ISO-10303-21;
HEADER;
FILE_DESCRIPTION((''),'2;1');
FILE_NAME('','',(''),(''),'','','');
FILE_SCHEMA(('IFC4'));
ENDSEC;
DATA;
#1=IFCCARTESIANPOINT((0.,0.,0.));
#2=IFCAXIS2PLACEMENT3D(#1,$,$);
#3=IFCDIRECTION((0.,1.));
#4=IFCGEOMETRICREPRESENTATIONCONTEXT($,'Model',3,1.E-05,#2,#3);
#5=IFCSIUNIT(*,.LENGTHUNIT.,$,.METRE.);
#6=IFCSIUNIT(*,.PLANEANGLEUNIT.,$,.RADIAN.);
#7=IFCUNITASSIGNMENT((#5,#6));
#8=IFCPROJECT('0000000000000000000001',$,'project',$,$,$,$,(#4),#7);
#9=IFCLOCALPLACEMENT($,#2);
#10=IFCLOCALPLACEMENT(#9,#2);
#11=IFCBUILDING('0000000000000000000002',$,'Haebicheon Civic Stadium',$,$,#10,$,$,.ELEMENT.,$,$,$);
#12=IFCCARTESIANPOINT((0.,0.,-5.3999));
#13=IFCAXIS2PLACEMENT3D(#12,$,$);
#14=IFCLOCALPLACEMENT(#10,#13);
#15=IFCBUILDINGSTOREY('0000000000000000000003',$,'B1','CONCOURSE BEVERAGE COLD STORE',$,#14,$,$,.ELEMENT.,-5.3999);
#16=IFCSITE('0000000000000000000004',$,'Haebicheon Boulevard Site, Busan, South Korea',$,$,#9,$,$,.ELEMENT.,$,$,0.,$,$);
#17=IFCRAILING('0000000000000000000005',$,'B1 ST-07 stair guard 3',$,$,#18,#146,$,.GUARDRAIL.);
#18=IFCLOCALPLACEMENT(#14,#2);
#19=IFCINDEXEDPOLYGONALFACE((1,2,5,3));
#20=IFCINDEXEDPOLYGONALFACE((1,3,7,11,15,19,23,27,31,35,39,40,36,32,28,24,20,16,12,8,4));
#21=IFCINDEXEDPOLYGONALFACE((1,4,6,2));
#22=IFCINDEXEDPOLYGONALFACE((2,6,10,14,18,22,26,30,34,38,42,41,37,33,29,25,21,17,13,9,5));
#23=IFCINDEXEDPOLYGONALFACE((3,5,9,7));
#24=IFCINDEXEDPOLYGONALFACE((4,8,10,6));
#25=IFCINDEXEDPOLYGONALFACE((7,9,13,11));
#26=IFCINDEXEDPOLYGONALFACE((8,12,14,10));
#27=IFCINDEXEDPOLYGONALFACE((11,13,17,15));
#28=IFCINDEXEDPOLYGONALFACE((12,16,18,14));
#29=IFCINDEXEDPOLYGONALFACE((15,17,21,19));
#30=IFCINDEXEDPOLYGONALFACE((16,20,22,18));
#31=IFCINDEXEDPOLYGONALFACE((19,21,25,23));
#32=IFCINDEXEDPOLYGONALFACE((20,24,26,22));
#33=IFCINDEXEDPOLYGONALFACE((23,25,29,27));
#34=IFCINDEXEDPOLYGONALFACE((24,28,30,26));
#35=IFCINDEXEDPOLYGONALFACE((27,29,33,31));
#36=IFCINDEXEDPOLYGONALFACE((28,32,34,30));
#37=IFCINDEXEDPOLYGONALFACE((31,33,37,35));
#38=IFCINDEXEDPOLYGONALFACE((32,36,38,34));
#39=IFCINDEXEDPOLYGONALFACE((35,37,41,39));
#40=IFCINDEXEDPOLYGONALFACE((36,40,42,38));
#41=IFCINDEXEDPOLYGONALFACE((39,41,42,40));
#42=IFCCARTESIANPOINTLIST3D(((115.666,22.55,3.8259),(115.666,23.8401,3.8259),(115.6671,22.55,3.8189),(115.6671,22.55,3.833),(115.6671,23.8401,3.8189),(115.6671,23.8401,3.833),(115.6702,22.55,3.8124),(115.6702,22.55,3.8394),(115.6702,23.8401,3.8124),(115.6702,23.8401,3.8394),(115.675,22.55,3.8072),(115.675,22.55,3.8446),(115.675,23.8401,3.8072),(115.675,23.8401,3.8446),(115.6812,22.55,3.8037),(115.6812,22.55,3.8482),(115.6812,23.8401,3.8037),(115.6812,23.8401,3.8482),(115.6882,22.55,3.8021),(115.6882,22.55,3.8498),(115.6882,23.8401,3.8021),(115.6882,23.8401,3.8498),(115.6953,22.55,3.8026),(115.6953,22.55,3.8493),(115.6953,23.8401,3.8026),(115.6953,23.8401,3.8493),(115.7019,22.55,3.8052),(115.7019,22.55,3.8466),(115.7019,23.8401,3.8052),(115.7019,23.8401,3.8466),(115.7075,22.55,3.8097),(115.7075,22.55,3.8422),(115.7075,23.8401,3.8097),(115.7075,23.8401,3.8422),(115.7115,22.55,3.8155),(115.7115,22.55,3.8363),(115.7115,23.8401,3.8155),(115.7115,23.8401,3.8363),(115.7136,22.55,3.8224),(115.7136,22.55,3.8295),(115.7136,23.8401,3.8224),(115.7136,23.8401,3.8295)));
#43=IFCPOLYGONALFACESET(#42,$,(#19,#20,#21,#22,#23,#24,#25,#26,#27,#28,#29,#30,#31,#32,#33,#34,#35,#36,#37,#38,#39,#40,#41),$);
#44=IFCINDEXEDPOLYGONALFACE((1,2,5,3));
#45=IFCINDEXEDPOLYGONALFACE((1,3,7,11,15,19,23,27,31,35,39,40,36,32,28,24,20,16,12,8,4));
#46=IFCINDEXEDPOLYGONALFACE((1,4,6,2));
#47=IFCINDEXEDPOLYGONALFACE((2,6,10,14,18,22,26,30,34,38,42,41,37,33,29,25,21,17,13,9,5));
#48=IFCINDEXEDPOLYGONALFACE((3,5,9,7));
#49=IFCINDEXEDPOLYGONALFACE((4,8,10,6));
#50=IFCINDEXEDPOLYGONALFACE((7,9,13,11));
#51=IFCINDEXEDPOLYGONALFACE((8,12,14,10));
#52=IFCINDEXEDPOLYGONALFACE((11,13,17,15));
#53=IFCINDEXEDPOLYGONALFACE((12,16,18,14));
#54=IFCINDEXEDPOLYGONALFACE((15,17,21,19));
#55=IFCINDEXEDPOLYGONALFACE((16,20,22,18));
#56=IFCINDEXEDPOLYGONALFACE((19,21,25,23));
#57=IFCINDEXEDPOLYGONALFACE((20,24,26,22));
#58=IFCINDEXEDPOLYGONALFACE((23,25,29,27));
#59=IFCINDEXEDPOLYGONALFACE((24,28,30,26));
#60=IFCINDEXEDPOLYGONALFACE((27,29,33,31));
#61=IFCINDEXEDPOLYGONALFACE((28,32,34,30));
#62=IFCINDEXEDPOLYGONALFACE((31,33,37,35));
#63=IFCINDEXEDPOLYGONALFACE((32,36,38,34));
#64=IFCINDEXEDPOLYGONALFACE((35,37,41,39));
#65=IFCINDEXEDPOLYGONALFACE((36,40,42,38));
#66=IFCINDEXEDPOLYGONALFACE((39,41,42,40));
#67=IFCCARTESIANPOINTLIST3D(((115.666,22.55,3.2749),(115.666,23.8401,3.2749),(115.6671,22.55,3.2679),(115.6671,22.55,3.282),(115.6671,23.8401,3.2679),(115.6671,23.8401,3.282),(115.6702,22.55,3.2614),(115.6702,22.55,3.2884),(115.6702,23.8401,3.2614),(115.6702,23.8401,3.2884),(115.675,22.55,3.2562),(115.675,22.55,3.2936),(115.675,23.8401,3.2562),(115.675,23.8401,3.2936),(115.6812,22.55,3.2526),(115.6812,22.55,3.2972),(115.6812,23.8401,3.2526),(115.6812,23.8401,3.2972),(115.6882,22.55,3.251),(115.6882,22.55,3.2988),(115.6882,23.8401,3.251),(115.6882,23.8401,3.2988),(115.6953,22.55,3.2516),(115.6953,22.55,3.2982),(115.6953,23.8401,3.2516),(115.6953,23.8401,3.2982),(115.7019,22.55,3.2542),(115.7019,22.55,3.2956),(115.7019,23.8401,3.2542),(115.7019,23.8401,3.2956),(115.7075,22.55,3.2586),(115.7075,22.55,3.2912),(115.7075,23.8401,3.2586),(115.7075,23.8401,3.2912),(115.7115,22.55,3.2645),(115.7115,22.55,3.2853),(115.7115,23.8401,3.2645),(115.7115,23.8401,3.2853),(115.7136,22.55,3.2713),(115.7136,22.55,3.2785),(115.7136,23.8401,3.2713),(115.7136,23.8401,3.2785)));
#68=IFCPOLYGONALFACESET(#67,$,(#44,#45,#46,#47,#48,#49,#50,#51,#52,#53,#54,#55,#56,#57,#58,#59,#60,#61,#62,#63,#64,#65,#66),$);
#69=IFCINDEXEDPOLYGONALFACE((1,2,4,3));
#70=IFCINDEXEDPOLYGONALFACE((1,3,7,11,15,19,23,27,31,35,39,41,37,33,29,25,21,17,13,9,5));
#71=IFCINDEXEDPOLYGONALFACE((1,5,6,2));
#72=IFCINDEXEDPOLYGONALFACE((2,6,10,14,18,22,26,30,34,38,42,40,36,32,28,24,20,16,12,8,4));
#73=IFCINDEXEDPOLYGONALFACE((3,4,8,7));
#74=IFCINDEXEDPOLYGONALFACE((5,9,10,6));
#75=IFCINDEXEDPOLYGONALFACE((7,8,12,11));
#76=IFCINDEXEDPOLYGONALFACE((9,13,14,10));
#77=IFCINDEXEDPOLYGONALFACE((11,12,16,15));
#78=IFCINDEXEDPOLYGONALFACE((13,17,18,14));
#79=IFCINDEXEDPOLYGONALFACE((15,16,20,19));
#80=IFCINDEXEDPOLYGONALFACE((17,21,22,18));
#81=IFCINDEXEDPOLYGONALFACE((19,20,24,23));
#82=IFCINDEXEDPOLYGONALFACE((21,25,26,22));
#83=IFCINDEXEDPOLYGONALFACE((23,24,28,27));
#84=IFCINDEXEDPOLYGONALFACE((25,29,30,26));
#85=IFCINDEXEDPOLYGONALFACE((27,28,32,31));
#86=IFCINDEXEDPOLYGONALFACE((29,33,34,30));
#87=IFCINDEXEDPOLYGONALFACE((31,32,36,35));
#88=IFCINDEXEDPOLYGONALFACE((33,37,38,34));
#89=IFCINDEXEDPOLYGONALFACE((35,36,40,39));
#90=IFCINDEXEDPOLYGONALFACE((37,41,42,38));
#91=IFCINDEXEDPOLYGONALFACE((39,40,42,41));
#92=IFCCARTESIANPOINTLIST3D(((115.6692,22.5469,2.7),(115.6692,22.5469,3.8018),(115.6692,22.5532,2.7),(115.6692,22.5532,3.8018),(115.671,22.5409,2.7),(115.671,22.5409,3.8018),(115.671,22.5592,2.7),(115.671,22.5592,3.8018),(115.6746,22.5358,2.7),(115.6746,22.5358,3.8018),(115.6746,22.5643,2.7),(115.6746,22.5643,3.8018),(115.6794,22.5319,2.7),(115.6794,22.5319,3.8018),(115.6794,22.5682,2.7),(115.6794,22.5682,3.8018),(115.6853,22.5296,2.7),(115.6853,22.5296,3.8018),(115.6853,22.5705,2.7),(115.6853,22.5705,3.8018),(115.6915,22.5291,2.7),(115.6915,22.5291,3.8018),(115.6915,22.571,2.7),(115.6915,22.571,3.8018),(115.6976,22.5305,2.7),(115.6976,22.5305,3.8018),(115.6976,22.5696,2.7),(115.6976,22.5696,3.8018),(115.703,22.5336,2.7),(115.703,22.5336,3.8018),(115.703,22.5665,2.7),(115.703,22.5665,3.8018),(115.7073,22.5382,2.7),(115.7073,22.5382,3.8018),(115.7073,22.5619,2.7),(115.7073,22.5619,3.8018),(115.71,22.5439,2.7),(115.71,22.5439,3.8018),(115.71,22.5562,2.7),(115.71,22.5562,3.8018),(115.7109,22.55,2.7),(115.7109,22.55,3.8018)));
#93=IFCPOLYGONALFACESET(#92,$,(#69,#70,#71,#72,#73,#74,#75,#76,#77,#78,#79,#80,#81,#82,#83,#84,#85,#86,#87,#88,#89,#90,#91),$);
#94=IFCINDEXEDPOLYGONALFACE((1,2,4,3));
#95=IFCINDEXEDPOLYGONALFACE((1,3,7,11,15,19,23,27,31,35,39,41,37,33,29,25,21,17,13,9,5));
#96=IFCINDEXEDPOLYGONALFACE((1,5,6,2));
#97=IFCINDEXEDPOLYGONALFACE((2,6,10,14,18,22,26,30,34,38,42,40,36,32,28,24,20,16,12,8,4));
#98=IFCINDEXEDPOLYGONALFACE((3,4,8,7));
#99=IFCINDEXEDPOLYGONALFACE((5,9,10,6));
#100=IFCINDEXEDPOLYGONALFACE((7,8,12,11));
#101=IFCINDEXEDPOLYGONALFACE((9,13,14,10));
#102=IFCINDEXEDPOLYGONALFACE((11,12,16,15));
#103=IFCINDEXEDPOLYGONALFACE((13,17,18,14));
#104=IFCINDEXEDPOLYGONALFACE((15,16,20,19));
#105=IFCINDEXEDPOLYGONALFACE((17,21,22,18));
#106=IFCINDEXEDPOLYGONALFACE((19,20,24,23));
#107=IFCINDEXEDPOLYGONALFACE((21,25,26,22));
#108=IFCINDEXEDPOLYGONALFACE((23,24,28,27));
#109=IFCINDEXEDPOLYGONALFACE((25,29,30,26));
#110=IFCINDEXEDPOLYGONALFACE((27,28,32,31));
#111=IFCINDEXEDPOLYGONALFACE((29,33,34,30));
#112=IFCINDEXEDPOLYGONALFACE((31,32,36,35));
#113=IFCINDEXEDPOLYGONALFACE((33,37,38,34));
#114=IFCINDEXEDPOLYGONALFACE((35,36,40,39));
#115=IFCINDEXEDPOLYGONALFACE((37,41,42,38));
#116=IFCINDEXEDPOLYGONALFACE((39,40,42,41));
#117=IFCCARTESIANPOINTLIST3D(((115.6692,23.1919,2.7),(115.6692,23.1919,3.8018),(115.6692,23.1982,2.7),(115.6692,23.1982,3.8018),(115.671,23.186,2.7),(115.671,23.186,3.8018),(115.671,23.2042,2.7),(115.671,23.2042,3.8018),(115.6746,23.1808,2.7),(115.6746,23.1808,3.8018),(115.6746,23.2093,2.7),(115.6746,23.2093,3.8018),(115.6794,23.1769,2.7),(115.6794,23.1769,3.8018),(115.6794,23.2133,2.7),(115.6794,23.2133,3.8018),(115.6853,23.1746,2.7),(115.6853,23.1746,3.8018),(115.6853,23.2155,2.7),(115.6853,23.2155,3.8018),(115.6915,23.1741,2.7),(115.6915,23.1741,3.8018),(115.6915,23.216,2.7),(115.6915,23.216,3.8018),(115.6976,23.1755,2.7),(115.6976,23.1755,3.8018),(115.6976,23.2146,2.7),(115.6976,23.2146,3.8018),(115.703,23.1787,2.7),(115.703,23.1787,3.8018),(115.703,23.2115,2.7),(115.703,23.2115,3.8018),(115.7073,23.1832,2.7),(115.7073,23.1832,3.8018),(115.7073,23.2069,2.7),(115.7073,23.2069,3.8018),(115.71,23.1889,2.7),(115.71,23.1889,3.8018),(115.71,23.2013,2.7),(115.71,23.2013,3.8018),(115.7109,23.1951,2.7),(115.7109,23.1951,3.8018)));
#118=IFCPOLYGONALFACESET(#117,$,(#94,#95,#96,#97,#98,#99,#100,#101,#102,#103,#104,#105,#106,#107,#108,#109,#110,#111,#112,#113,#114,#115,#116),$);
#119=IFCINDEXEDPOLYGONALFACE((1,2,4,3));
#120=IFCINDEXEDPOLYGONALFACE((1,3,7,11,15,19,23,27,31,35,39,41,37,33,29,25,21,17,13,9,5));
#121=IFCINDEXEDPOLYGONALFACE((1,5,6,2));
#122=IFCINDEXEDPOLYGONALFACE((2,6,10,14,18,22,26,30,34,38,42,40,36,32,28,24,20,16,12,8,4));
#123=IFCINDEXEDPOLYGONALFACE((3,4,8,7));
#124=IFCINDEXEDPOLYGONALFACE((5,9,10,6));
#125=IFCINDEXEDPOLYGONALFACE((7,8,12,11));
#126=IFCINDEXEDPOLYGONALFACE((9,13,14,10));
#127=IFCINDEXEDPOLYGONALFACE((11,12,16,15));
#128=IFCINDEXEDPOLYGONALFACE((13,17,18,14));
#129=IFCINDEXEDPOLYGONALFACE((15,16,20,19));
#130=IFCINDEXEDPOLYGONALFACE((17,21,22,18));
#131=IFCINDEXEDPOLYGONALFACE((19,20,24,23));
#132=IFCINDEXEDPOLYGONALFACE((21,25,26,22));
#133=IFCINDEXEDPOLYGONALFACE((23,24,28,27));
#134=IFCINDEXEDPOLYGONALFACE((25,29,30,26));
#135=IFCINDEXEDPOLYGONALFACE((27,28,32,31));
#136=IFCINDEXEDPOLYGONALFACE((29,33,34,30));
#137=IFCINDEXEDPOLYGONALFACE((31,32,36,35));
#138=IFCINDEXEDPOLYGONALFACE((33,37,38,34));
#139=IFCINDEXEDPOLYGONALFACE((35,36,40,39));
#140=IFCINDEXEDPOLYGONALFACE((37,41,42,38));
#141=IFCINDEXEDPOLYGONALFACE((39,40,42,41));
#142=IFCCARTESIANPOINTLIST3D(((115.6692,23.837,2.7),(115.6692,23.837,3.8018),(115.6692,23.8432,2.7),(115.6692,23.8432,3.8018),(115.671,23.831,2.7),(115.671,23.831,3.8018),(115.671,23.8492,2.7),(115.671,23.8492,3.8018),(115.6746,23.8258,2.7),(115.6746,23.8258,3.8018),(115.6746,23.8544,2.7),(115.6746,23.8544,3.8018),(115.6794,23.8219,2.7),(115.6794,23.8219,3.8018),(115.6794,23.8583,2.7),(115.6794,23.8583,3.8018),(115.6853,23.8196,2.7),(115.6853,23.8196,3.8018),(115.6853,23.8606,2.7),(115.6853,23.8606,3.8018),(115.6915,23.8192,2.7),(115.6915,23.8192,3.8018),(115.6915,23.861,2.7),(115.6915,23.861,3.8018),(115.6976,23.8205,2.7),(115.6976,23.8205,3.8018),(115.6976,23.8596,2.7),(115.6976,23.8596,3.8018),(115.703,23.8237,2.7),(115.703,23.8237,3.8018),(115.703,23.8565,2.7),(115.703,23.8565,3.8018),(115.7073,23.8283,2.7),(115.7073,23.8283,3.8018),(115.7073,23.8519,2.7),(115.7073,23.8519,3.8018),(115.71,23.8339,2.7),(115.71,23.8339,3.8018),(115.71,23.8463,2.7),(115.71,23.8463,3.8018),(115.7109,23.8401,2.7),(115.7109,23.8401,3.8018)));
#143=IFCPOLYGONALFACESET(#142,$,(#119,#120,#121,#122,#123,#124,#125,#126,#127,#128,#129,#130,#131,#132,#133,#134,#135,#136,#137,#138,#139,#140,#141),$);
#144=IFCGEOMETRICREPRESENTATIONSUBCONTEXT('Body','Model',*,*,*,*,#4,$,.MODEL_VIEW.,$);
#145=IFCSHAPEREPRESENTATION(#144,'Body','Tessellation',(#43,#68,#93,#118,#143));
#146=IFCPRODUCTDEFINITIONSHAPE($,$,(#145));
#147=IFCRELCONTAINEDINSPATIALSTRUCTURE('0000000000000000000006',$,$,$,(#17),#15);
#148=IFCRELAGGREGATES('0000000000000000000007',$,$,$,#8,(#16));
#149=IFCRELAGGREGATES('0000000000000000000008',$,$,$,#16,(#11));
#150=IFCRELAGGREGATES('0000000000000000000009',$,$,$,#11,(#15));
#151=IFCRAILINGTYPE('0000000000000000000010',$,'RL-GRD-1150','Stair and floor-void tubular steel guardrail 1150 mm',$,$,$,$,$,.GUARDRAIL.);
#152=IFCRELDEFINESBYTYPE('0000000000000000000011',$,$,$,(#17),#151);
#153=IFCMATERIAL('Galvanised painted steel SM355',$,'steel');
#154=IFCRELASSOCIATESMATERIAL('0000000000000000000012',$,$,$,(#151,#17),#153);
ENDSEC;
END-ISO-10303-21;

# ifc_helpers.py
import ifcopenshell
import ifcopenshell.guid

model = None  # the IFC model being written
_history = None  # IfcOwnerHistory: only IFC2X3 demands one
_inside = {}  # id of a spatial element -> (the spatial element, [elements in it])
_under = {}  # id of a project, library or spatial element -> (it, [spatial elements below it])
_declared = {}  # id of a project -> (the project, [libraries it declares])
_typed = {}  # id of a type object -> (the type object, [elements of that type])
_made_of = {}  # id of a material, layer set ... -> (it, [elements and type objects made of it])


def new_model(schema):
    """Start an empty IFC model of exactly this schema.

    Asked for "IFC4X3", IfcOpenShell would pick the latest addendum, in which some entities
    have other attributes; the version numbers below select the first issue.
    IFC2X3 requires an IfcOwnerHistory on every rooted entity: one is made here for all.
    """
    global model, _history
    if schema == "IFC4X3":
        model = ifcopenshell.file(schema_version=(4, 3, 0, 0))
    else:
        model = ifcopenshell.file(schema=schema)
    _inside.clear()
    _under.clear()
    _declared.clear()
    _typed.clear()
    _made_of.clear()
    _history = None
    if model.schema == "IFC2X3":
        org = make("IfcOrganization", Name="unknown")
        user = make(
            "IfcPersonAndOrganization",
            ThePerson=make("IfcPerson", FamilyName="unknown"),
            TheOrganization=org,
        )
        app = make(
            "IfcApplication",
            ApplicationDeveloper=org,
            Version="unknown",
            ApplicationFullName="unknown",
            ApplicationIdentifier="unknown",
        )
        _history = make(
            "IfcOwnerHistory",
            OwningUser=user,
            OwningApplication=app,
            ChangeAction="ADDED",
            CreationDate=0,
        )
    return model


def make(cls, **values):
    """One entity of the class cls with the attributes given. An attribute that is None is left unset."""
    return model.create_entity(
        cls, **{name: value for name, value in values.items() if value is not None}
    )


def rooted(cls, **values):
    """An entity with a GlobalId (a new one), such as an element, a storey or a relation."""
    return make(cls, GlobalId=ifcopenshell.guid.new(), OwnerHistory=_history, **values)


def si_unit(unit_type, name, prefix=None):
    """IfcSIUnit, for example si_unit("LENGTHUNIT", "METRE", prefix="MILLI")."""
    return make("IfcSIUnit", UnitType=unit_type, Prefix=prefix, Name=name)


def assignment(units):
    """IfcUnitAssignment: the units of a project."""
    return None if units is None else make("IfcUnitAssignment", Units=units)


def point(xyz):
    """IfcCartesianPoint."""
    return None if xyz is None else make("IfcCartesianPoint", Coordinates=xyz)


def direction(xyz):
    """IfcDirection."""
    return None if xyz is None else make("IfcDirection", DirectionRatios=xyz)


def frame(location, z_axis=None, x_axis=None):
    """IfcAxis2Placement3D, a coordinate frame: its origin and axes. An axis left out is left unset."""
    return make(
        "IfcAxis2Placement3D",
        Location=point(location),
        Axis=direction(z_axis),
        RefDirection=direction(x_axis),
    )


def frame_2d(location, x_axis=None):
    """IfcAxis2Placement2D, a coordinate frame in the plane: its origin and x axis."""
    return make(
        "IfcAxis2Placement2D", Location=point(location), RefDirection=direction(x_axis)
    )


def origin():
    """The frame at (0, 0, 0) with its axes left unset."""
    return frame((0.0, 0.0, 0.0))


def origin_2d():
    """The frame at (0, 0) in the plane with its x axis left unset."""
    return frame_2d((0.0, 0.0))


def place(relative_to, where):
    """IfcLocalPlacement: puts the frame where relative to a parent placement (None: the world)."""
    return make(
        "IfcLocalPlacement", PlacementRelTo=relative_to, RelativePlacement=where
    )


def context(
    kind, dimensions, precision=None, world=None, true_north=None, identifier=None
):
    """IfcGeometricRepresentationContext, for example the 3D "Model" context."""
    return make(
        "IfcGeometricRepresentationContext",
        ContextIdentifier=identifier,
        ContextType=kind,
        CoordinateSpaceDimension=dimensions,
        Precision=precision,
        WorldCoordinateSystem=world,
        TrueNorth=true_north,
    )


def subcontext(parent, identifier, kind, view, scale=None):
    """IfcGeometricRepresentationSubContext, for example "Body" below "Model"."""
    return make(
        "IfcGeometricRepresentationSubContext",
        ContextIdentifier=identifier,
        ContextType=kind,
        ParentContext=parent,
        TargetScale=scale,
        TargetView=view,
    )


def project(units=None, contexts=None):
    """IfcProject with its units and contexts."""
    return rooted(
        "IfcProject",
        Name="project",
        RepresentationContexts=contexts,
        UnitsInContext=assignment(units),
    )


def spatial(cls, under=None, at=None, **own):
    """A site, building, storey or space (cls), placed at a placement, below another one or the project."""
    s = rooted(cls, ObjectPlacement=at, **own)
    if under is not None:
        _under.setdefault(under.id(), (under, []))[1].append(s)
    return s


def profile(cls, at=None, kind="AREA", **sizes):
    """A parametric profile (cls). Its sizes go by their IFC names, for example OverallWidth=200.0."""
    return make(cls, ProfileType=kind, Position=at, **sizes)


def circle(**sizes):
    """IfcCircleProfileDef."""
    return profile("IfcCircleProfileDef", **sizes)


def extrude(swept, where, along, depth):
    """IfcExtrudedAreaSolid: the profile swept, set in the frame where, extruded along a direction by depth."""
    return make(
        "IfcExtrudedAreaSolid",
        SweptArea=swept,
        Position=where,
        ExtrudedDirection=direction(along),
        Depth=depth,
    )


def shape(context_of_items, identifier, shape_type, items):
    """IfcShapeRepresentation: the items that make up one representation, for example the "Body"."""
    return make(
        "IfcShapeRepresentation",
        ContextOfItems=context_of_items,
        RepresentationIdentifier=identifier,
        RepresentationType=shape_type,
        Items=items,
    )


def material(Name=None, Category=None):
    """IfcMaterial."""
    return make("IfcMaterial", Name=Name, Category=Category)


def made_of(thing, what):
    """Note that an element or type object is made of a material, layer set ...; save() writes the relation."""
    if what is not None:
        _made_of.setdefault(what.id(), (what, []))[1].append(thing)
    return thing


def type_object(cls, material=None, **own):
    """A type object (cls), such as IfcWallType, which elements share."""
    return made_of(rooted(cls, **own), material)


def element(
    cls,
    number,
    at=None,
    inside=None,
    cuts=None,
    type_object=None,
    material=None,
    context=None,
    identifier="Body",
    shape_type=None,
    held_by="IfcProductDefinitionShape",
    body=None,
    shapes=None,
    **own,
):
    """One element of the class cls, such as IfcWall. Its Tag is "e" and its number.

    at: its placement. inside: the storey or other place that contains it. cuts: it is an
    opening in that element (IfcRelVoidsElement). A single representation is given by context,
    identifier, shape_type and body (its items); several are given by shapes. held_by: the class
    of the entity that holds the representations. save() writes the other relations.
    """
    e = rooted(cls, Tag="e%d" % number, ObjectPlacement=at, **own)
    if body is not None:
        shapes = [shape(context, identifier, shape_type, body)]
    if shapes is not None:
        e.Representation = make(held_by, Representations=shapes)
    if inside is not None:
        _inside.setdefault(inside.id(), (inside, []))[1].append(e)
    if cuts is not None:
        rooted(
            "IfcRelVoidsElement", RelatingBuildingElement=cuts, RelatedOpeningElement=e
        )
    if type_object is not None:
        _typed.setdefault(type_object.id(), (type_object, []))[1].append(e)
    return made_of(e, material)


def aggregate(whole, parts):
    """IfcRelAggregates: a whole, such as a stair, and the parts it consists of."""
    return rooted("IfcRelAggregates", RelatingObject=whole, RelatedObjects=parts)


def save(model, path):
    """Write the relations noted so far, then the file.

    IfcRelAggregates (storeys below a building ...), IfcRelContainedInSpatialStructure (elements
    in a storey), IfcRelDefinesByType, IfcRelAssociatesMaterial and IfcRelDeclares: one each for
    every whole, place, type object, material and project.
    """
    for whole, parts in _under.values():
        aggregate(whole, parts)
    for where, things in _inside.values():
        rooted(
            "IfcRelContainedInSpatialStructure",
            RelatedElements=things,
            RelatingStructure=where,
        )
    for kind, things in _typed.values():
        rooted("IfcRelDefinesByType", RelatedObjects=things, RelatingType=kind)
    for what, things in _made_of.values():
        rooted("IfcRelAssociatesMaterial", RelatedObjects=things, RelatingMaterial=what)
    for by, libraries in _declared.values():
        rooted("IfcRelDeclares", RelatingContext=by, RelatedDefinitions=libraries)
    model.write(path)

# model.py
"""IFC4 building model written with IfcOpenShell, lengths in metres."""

from ifc_helpers import new_model, si_unit, direction, frame, origin, origin_2d, place, context, subcontext, project, spatial, circle, extrude, material, type_object, element, save


model = new_model("IFC4")

# Units and contexts
model_context = context("Model", 3, precision=1e-05, world=origin(), true_north=direction((0.0, 1.0)))
body_context = subcontext(model_context, "Body", "Model", "MODEL_VIEW")
ifc_project = project(units=[si_unit("LENGTHUNIT", "METRE"), si_unit("PLANEANGLEUNIT", "RADIAN")], contexts=[model_context])

# Site, building, storey
site_placement = place(None, origin())
site = spatial("IfcSite", under=ifc_project, at=site_placement, Name="Haebicheon Boulevard Site, Busan, South Korea", CompositionType="ELEMENT", RefElevation=0.0)
building_placement = place(site_placement, origin())
building = spatial("IfcBuilding", under=site, at=building_placement, Name="Haebicheon Civic Stadium", CompositionType="ELEMENT")
storey_placement = place(building_placement, frame((0.0, 0.0, -5.3999)))
storey = spatial("IfcBuildingStorey", under=building, at=storey_placement, Name="B1", Description="CONCOURSE BEVERAGE COLD STORE", CompositionType="ELEMENT", Elevation=-5.3999)

# Railing
ifc_material_1 = material(Name="Galvanised painted steel SM355", Category="steel")
railing_type_1 = type_object("IfcRailingType", Name="RL-GRD-1150", Description="Stair and floor-void tubular steel guardrail 1150 mm", PredefinedType="GUARDRAIL", material=ifc_material_1)
railing_1_placement = place(storey_placement, frame((115.6899, 22.55, 2.7)))
element("IfcRailing", 1, at=railing_1_placement, inside=storey, type_object=railing_type_1, material=ifc_material_1, Name="B1 ST-07 stair guard 3", PredefinedType="GUARDRAIL", context=body_context, shape_type="SweptSolid", body=[
    extrude(circle(Radius=0.0239, at=origin_2d()), frame((0.0, 0.0, 1.126), z_axis=(0.0, 1.0, 0.0), x_axis=(-1.0, 0.0, 0.0)), (0.0, 0.0, 1.0), 1.29),
    extrude(circle(Radius=0.0239, at=origin_2d()), frame((0.0, 0.0, 0.575), z_axis=(0.0, 1.0, 0.0), x_axis=(-1.0, 0.0, 0.0)), (0.0, 0.0, 1.0), 1.29),
    extrude(circle(Radius=0.021, at=origin_2d()), origin(), (0.0, 0.0, 1.0), 1.1018),
    extrude(circle(Radius=0.021, at=origin_2d()), frame((0.0, 0.645, 0.0)), (0.0, 0.0, 1.0), 1.1018),
    extrude(circle(Radius=0.021, at=origin_2d()), frame((0.0, 1.29, 0.0)), (0.0, 0.0, 1.0), 1.1018),
])

save(model, "model.ifc")
